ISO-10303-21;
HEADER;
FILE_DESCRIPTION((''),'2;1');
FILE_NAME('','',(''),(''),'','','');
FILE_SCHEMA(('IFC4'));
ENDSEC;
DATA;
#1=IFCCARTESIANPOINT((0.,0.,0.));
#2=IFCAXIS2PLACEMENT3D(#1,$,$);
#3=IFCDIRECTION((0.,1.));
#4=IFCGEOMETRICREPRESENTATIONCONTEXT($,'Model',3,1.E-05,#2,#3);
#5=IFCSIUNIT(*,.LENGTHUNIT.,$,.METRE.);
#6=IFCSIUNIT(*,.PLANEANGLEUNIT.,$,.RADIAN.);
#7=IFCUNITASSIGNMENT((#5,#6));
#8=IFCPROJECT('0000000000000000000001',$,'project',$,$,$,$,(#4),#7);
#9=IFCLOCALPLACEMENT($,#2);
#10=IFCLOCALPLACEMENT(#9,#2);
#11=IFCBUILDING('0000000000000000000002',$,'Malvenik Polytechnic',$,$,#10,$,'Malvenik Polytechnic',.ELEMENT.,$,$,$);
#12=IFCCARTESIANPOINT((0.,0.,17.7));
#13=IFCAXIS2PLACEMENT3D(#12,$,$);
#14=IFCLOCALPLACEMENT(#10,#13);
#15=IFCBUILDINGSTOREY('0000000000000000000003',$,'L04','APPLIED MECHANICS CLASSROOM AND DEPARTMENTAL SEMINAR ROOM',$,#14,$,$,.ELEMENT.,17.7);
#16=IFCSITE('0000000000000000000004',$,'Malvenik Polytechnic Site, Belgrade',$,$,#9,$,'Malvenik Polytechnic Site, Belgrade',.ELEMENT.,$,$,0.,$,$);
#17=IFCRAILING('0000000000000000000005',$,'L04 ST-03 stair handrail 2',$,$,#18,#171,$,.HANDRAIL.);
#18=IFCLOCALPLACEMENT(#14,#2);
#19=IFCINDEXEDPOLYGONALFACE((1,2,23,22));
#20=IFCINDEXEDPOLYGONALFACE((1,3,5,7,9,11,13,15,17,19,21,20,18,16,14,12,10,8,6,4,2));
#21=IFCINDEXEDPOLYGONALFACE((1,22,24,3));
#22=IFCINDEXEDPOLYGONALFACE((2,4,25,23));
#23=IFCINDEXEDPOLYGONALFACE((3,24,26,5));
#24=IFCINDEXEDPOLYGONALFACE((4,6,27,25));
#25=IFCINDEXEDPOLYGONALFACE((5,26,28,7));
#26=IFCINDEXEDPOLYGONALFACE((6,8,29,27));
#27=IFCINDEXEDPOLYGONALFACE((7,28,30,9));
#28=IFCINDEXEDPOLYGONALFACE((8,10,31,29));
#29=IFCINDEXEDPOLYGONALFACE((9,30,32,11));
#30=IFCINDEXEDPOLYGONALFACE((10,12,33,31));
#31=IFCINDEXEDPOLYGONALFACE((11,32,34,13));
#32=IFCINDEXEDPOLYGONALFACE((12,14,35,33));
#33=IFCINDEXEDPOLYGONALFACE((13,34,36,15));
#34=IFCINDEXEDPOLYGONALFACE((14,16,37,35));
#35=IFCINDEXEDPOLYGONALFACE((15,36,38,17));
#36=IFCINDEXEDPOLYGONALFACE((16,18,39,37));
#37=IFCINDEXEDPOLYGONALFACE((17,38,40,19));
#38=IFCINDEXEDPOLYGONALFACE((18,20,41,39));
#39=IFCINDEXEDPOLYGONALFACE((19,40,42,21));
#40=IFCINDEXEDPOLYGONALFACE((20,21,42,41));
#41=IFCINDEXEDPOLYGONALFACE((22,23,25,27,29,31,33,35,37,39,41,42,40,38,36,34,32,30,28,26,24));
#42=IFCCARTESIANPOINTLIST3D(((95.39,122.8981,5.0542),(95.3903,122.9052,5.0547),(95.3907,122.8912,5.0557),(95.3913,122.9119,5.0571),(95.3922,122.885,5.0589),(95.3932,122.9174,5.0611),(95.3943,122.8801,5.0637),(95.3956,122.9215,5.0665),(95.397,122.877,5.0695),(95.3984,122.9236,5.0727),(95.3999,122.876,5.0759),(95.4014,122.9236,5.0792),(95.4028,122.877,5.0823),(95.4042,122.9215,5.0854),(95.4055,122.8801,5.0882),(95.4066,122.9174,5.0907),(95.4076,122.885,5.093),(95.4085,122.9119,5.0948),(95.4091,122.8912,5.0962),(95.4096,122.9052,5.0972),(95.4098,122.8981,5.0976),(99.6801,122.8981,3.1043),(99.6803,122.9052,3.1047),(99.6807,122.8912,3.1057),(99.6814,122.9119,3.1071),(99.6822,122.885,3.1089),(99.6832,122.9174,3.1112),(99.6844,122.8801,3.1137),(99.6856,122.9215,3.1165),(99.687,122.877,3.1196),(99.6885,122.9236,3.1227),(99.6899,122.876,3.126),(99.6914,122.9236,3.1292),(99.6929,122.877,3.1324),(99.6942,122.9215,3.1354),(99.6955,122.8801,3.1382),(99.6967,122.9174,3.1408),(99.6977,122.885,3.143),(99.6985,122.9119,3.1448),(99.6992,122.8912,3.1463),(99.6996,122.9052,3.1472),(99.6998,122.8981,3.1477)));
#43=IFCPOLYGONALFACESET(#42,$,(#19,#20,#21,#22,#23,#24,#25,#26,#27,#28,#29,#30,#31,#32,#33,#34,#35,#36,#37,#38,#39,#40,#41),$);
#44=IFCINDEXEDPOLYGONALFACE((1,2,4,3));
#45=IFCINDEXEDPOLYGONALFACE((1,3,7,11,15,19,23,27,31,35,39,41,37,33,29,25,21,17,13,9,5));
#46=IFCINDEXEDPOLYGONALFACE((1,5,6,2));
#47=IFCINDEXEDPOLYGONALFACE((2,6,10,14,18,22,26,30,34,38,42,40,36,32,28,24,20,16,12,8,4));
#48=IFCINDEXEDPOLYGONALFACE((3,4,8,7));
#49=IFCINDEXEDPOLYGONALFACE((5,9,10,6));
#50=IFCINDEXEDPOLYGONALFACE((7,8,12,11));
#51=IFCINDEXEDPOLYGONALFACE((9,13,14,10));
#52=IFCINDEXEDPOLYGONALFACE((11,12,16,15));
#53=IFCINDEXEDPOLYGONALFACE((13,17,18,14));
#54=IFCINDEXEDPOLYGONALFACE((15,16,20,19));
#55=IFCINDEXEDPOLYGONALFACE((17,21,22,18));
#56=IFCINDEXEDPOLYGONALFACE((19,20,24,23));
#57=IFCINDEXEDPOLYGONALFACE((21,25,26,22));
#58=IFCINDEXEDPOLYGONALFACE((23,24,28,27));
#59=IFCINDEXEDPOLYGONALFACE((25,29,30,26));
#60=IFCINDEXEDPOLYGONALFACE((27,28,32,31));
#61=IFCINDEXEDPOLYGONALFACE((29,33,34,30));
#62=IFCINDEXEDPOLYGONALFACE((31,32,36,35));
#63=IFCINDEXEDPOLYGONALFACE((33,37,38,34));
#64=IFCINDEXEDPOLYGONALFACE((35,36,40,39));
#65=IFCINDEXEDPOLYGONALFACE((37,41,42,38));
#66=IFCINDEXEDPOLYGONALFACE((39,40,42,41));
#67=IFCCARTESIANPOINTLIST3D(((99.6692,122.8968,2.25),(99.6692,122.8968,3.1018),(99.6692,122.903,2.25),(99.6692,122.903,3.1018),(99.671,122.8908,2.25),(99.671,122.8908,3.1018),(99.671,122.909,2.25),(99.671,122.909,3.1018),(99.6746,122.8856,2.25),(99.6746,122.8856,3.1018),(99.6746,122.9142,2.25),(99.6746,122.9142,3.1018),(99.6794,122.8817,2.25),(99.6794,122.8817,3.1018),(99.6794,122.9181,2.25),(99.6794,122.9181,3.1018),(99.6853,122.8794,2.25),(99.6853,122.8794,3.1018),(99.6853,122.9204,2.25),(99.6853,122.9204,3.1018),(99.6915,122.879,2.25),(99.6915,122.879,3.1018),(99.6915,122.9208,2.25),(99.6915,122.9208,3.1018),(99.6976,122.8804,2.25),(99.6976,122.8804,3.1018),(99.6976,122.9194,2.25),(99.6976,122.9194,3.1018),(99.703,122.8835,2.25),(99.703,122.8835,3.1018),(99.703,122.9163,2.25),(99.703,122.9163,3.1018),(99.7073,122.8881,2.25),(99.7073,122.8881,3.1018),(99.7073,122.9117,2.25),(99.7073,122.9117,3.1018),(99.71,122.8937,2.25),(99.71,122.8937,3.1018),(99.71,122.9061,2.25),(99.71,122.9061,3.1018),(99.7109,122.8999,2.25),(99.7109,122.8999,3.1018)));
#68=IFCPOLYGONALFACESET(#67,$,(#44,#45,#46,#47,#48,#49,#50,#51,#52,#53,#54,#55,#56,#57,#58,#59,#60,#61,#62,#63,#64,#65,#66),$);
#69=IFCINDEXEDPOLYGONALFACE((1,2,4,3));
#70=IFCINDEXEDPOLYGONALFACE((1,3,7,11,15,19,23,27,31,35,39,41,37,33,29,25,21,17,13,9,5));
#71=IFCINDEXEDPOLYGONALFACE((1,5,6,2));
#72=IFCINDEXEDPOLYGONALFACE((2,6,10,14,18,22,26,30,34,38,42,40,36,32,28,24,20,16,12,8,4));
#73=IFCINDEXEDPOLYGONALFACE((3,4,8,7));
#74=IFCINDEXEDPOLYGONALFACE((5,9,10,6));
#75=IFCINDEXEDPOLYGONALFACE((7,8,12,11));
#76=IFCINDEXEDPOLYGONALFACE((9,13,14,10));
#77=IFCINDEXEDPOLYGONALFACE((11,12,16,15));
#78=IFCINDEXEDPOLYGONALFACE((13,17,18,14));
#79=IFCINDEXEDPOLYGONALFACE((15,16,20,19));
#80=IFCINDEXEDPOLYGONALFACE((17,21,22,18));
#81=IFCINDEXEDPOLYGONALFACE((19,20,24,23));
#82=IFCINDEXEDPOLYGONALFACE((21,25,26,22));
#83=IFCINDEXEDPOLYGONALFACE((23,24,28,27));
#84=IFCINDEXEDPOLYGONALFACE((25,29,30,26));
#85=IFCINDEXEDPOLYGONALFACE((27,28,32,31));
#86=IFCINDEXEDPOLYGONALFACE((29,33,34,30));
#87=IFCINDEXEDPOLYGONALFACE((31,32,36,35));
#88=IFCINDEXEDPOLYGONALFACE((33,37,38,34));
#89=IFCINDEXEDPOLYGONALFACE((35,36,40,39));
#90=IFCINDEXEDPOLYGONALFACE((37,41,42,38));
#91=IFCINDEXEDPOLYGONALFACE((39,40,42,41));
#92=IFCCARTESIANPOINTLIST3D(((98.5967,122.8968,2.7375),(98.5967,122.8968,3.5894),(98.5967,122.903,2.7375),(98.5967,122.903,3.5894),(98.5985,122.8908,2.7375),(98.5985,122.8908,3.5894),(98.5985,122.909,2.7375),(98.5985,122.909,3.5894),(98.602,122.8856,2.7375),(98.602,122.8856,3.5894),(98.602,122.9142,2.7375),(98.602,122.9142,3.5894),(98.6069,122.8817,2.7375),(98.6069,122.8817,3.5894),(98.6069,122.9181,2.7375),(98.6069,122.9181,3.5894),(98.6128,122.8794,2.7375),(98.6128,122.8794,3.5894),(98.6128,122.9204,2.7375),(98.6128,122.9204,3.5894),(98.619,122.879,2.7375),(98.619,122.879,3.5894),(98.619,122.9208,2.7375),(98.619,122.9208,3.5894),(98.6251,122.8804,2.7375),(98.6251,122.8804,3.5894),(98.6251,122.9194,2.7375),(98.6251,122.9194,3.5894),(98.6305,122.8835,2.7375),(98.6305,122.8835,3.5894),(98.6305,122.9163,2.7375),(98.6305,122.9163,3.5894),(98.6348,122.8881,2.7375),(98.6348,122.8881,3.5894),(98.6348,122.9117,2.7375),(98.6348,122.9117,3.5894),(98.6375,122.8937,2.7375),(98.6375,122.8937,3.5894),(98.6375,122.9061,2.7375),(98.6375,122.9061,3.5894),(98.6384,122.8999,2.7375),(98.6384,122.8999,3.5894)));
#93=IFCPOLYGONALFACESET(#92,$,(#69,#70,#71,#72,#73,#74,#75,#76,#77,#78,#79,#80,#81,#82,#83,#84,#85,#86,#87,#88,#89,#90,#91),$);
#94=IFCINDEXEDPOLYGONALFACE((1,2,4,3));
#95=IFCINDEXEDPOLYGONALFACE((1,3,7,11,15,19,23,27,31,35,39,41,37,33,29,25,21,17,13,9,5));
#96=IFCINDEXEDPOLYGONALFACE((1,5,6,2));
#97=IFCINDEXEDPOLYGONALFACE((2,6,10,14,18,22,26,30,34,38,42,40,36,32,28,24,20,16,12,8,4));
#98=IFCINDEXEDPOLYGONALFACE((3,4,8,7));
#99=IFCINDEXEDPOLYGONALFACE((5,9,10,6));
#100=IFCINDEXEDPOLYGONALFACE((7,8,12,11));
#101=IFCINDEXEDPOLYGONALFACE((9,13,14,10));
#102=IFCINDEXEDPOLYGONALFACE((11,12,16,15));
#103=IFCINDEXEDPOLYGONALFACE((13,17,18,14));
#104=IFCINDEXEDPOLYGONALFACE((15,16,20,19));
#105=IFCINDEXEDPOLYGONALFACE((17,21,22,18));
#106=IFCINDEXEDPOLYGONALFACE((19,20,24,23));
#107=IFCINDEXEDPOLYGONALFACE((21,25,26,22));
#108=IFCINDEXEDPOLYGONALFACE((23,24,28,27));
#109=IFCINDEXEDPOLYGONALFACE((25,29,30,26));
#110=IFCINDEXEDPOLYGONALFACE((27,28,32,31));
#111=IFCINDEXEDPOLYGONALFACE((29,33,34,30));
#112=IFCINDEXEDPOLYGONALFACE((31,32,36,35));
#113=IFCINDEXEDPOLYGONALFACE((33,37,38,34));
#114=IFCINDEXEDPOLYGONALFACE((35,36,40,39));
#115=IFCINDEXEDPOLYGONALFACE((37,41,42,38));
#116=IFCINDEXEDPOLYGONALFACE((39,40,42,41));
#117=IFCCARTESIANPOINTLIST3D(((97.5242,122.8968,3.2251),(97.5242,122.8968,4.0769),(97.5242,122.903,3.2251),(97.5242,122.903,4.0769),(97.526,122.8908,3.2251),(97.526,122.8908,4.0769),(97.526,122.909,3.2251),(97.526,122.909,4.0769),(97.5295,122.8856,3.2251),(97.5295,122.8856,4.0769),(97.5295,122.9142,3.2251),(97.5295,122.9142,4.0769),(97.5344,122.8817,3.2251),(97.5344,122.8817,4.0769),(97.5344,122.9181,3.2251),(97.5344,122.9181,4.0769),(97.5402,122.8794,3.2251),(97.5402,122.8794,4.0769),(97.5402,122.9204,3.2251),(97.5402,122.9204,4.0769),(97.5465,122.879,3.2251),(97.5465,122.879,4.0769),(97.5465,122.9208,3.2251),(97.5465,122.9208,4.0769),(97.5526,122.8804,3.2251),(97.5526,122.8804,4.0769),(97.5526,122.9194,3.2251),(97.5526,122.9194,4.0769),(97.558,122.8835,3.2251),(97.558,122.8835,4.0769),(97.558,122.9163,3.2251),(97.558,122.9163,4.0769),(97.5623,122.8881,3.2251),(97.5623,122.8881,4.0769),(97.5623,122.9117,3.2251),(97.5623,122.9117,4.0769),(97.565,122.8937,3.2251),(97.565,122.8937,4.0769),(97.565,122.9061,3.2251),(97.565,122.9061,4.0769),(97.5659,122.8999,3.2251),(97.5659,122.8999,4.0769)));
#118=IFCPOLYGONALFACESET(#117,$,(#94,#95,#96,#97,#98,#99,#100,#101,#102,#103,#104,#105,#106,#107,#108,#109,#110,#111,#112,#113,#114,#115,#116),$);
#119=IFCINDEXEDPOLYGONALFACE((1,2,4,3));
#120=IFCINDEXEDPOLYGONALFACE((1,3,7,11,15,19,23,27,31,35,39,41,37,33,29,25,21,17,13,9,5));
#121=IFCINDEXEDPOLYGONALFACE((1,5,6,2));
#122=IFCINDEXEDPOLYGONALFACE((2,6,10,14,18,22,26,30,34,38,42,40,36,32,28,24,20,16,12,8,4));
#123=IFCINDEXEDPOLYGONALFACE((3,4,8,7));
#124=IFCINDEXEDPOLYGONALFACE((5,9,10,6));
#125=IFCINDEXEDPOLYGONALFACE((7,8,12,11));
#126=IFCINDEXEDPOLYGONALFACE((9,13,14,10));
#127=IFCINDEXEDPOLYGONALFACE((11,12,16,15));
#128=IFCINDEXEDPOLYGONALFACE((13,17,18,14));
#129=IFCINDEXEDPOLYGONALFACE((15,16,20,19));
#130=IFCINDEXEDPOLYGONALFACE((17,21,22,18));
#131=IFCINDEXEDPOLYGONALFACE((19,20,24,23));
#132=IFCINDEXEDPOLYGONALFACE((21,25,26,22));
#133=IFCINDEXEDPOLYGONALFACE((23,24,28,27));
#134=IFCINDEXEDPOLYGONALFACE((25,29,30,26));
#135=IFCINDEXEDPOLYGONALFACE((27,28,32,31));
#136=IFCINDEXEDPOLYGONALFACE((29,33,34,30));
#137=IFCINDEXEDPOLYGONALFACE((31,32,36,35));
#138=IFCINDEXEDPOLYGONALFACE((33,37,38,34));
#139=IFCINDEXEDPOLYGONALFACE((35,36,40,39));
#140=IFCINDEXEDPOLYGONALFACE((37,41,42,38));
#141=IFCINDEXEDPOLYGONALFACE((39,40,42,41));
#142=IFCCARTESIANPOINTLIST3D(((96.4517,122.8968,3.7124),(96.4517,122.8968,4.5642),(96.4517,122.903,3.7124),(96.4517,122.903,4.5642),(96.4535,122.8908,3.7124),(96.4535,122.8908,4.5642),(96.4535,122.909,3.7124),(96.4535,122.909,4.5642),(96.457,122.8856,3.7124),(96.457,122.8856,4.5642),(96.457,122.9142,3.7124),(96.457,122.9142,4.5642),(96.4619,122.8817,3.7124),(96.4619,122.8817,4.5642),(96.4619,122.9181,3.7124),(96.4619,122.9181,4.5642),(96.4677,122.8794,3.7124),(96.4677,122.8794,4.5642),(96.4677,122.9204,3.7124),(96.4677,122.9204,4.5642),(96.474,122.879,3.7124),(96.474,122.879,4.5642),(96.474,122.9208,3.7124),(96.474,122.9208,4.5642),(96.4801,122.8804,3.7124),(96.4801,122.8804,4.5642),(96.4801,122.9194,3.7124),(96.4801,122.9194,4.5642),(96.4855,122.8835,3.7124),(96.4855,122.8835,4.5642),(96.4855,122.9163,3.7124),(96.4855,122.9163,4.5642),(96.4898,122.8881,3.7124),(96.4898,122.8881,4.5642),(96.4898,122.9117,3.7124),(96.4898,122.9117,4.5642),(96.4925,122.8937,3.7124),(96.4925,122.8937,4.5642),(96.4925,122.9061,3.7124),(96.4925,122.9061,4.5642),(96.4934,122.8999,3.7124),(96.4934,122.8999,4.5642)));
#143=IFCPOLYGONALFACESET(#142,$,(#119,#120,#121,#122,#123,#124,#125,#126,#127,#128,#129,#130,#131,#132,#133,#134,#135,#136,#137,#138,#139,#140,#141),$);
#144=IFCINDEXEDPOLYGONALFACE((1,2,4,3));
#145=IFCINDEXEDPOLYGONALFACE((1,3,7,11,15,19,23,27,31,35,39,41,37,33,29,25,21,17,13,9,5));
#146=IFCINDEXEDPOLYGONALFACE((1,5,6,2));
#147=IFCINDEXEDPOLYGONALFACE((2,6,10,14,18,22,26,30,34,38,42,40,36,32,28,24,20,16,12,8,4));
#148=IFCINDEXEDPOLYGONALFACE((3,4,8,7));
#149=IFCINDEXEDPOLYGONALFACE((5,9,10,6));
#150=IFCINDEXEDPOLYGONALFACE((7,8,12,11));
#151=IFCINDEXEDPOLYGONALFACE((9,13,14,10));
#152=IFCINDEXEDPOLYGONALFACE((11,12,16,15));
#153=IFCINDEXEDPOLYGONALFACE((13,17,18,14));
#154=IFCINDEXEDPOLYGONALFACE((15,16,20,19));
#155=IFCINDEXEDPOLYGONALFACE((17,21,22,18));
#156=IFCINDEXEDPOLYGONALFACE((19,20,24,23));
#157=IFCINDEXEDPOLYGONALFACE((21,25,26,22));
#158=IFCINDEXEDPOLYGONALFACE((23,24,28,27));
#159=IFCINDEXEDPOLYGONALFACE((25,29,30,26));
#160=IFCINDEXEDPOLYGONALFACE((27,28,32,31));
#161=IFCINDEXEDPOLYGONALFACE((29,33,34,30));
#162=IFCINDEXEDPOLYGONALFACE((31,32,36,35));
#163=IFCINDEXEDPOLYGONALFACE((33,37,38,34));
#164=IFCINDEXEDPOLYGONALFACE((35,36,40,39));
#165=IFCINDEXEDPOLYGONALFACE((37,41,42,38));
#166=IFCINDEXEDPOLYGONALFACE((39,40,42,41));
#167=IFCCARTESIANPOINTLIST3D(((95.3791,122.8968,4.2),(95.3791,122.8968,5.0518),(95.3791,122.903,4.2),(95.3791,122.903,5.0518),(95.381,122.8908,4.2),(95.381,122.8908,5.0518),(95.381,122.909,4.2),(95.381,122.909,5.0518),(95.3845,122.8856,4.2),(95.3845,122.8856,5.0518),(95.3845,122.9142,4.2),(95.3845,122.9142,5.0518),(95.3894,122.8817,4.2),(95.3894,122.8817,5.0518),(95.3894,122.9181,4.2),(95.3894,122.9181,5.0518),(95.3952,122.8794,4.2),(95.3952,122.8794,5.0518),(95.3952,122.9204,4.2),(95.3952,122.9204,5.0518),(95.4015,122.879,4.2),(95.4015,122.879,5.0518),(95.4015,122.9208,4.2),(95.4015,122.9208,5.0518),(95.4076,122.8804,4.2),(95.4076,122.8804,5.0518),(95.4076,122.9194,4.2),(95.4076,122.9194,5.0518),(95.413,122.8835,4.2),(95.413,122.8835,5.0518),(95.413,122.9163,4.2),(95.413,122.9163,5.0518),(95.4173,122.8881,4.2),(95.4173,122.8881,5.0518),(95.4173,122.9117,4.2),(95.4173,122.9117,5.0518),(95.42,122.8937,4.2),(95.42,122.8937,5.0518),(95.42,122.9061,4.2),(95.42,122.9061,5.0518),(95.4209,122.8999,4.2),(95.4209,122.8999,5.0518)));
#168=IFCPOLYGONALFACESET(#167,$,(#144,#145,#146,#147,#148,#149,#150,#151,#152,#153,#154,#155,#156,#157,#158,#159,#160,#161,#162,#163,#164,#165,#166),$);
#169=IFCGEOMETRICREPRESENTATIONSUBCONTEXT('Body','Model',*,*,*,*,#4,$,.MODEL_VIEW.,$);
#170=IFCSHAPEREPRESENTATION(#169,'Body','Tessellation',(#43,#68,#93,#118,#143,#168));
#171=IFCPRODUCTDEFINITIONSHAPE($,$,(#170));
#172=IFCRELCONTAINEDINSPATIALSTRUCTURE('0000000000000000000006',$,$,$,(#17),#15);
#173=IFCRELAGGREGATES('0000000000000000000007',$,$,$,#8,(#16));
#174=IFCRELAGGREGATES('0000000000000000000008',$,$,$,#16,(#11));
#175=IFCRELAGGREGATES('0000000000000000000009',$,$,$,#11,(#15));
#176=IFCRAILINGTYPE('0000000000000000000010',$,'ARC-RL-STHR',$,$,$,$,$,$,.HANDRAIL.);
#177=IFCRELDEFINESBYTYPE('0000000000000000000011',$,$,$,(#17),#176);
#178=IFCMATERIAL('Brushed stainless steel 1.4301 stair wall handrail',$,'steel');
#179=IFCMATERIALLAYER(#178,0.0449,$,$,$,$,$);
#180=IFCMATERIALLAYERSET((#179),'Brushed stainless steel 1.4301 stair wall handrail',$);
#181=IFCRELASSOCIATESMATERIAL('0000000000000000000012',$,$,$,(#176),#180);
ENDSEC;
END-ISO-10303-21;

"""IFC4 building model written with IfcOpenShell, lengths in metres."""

from ifc_helpers import new_model, si_unit, direction, frame, origin, origin_2d, place, context, subcontext, project, spatial, circle, extrude, material, layer, layer_set, type_object, element, save


model = new_model("IFC4")

# Units and contexts
model_context = context("Model", 3, precision=1e-05, world=origin(), true_north=direction((0.0, 1.0)))
body_context = subcontext(model_context, "Body", "Model", "MODEL_VIEW")
ifc_project = project(units=[si_unit("LENGTHUNIT", "METRE"), si_unit("PLANEANGLEUNIT", "RADIAN")], contexts=[model_context])

# Site, building, storey
site_placement = place(None, origin())
site = spatial("IfcSite", under=ifc_project, at=site_placement, Name="Malvenik Polytechnic Site, Belgrade", LongName="Malvenik Polytechnic Site, Belgrade", CompositionType="ELEMENT", RefElevation=0.0)
building_placement = place(site_placement, origin())
building = spatial("IfcBuilding", under=site, at=building_placement, Name="Malvenik Polytechnic", LongName="Malvenik Polytechnic", CompositionType="ELEMENT")
storey_placement = place(building_placement, frame((0.0, 0.0, 17.7)))
storey = spatial("IfcBuildingStorey", under=building, at=storey_placement, Name="L04", Description="APPLIED MECHANICS CLASSROOM AND DEPARTMENTAL SEMINAR ROOM", CompositionType="ELEMENT", Elevation=17.7)

# Railing
ifc_material_1 = material(Name="Brushed stainless steel 1.4301 stair wall handrail", Category="steel")
ifc_layer_1 = layer(ifc_material_1, 0.0449)
ifc_layer_set_1 = layer_set([ifc_layer_1], Name="Brushed stainless steel 1.4301 stair wall handrail")
railing_type_1 = type_object("IfcRailingType", Name="ARC-RL-STHR", PredefinedType="HANDRAIL", material=ifc_layer_set_1)
railing_1_placement = place(storey_placement, frame((99.6899, 122.8999, 2.25)))
element("IfcRailing", 1, at=railing_1_placement, inside=storey, type_object=railing_type_1, Name="L04 ST-03 stair handrail 2", PredefinedType="HANDRAIL", context=body_context, shape_type="SweptSolid", body=[
    extrude(circle(Radius=0.0239, at=origin_2d()), frame((0.0, 0.0, 0.876), z_axis=(-0.910372, 0.0, 0.413791), x_axis=(0.0, -1.0, 0.0)), (0.0, 0.0, 1.0), 4.7124),
    extrude(circle(Radius=0.021, at=origin_2d()), origin(), (0.0, 0.0, 1.0), 0.8518),
    extrude(circle(Radius=0.021, at=origin_2d()), frame((-1.0725, 0.0, 0.4875)), (0.0, 0.0, 1.0), 0.8518),
    extrude(circle(Radius=0.021, at=origin_2d()), frame((-2.145, 0.0, 0.9751)), (0.0, 0.0, 1.0), 0.8518),
    extrude(circle(Radius=0.021, at=origin_2d()), frame((-3.2175, 0.0, 1.4624)), (0.0, 0.0, 1.0), 0.8518),
    extrude(circle(Radius=0.021, at=origin_2d()), frame((-4.29, 0.0, 1.95)), (0.0, 0.0, 1.0), 0.8518),
])

save(model, "model.ifc")
